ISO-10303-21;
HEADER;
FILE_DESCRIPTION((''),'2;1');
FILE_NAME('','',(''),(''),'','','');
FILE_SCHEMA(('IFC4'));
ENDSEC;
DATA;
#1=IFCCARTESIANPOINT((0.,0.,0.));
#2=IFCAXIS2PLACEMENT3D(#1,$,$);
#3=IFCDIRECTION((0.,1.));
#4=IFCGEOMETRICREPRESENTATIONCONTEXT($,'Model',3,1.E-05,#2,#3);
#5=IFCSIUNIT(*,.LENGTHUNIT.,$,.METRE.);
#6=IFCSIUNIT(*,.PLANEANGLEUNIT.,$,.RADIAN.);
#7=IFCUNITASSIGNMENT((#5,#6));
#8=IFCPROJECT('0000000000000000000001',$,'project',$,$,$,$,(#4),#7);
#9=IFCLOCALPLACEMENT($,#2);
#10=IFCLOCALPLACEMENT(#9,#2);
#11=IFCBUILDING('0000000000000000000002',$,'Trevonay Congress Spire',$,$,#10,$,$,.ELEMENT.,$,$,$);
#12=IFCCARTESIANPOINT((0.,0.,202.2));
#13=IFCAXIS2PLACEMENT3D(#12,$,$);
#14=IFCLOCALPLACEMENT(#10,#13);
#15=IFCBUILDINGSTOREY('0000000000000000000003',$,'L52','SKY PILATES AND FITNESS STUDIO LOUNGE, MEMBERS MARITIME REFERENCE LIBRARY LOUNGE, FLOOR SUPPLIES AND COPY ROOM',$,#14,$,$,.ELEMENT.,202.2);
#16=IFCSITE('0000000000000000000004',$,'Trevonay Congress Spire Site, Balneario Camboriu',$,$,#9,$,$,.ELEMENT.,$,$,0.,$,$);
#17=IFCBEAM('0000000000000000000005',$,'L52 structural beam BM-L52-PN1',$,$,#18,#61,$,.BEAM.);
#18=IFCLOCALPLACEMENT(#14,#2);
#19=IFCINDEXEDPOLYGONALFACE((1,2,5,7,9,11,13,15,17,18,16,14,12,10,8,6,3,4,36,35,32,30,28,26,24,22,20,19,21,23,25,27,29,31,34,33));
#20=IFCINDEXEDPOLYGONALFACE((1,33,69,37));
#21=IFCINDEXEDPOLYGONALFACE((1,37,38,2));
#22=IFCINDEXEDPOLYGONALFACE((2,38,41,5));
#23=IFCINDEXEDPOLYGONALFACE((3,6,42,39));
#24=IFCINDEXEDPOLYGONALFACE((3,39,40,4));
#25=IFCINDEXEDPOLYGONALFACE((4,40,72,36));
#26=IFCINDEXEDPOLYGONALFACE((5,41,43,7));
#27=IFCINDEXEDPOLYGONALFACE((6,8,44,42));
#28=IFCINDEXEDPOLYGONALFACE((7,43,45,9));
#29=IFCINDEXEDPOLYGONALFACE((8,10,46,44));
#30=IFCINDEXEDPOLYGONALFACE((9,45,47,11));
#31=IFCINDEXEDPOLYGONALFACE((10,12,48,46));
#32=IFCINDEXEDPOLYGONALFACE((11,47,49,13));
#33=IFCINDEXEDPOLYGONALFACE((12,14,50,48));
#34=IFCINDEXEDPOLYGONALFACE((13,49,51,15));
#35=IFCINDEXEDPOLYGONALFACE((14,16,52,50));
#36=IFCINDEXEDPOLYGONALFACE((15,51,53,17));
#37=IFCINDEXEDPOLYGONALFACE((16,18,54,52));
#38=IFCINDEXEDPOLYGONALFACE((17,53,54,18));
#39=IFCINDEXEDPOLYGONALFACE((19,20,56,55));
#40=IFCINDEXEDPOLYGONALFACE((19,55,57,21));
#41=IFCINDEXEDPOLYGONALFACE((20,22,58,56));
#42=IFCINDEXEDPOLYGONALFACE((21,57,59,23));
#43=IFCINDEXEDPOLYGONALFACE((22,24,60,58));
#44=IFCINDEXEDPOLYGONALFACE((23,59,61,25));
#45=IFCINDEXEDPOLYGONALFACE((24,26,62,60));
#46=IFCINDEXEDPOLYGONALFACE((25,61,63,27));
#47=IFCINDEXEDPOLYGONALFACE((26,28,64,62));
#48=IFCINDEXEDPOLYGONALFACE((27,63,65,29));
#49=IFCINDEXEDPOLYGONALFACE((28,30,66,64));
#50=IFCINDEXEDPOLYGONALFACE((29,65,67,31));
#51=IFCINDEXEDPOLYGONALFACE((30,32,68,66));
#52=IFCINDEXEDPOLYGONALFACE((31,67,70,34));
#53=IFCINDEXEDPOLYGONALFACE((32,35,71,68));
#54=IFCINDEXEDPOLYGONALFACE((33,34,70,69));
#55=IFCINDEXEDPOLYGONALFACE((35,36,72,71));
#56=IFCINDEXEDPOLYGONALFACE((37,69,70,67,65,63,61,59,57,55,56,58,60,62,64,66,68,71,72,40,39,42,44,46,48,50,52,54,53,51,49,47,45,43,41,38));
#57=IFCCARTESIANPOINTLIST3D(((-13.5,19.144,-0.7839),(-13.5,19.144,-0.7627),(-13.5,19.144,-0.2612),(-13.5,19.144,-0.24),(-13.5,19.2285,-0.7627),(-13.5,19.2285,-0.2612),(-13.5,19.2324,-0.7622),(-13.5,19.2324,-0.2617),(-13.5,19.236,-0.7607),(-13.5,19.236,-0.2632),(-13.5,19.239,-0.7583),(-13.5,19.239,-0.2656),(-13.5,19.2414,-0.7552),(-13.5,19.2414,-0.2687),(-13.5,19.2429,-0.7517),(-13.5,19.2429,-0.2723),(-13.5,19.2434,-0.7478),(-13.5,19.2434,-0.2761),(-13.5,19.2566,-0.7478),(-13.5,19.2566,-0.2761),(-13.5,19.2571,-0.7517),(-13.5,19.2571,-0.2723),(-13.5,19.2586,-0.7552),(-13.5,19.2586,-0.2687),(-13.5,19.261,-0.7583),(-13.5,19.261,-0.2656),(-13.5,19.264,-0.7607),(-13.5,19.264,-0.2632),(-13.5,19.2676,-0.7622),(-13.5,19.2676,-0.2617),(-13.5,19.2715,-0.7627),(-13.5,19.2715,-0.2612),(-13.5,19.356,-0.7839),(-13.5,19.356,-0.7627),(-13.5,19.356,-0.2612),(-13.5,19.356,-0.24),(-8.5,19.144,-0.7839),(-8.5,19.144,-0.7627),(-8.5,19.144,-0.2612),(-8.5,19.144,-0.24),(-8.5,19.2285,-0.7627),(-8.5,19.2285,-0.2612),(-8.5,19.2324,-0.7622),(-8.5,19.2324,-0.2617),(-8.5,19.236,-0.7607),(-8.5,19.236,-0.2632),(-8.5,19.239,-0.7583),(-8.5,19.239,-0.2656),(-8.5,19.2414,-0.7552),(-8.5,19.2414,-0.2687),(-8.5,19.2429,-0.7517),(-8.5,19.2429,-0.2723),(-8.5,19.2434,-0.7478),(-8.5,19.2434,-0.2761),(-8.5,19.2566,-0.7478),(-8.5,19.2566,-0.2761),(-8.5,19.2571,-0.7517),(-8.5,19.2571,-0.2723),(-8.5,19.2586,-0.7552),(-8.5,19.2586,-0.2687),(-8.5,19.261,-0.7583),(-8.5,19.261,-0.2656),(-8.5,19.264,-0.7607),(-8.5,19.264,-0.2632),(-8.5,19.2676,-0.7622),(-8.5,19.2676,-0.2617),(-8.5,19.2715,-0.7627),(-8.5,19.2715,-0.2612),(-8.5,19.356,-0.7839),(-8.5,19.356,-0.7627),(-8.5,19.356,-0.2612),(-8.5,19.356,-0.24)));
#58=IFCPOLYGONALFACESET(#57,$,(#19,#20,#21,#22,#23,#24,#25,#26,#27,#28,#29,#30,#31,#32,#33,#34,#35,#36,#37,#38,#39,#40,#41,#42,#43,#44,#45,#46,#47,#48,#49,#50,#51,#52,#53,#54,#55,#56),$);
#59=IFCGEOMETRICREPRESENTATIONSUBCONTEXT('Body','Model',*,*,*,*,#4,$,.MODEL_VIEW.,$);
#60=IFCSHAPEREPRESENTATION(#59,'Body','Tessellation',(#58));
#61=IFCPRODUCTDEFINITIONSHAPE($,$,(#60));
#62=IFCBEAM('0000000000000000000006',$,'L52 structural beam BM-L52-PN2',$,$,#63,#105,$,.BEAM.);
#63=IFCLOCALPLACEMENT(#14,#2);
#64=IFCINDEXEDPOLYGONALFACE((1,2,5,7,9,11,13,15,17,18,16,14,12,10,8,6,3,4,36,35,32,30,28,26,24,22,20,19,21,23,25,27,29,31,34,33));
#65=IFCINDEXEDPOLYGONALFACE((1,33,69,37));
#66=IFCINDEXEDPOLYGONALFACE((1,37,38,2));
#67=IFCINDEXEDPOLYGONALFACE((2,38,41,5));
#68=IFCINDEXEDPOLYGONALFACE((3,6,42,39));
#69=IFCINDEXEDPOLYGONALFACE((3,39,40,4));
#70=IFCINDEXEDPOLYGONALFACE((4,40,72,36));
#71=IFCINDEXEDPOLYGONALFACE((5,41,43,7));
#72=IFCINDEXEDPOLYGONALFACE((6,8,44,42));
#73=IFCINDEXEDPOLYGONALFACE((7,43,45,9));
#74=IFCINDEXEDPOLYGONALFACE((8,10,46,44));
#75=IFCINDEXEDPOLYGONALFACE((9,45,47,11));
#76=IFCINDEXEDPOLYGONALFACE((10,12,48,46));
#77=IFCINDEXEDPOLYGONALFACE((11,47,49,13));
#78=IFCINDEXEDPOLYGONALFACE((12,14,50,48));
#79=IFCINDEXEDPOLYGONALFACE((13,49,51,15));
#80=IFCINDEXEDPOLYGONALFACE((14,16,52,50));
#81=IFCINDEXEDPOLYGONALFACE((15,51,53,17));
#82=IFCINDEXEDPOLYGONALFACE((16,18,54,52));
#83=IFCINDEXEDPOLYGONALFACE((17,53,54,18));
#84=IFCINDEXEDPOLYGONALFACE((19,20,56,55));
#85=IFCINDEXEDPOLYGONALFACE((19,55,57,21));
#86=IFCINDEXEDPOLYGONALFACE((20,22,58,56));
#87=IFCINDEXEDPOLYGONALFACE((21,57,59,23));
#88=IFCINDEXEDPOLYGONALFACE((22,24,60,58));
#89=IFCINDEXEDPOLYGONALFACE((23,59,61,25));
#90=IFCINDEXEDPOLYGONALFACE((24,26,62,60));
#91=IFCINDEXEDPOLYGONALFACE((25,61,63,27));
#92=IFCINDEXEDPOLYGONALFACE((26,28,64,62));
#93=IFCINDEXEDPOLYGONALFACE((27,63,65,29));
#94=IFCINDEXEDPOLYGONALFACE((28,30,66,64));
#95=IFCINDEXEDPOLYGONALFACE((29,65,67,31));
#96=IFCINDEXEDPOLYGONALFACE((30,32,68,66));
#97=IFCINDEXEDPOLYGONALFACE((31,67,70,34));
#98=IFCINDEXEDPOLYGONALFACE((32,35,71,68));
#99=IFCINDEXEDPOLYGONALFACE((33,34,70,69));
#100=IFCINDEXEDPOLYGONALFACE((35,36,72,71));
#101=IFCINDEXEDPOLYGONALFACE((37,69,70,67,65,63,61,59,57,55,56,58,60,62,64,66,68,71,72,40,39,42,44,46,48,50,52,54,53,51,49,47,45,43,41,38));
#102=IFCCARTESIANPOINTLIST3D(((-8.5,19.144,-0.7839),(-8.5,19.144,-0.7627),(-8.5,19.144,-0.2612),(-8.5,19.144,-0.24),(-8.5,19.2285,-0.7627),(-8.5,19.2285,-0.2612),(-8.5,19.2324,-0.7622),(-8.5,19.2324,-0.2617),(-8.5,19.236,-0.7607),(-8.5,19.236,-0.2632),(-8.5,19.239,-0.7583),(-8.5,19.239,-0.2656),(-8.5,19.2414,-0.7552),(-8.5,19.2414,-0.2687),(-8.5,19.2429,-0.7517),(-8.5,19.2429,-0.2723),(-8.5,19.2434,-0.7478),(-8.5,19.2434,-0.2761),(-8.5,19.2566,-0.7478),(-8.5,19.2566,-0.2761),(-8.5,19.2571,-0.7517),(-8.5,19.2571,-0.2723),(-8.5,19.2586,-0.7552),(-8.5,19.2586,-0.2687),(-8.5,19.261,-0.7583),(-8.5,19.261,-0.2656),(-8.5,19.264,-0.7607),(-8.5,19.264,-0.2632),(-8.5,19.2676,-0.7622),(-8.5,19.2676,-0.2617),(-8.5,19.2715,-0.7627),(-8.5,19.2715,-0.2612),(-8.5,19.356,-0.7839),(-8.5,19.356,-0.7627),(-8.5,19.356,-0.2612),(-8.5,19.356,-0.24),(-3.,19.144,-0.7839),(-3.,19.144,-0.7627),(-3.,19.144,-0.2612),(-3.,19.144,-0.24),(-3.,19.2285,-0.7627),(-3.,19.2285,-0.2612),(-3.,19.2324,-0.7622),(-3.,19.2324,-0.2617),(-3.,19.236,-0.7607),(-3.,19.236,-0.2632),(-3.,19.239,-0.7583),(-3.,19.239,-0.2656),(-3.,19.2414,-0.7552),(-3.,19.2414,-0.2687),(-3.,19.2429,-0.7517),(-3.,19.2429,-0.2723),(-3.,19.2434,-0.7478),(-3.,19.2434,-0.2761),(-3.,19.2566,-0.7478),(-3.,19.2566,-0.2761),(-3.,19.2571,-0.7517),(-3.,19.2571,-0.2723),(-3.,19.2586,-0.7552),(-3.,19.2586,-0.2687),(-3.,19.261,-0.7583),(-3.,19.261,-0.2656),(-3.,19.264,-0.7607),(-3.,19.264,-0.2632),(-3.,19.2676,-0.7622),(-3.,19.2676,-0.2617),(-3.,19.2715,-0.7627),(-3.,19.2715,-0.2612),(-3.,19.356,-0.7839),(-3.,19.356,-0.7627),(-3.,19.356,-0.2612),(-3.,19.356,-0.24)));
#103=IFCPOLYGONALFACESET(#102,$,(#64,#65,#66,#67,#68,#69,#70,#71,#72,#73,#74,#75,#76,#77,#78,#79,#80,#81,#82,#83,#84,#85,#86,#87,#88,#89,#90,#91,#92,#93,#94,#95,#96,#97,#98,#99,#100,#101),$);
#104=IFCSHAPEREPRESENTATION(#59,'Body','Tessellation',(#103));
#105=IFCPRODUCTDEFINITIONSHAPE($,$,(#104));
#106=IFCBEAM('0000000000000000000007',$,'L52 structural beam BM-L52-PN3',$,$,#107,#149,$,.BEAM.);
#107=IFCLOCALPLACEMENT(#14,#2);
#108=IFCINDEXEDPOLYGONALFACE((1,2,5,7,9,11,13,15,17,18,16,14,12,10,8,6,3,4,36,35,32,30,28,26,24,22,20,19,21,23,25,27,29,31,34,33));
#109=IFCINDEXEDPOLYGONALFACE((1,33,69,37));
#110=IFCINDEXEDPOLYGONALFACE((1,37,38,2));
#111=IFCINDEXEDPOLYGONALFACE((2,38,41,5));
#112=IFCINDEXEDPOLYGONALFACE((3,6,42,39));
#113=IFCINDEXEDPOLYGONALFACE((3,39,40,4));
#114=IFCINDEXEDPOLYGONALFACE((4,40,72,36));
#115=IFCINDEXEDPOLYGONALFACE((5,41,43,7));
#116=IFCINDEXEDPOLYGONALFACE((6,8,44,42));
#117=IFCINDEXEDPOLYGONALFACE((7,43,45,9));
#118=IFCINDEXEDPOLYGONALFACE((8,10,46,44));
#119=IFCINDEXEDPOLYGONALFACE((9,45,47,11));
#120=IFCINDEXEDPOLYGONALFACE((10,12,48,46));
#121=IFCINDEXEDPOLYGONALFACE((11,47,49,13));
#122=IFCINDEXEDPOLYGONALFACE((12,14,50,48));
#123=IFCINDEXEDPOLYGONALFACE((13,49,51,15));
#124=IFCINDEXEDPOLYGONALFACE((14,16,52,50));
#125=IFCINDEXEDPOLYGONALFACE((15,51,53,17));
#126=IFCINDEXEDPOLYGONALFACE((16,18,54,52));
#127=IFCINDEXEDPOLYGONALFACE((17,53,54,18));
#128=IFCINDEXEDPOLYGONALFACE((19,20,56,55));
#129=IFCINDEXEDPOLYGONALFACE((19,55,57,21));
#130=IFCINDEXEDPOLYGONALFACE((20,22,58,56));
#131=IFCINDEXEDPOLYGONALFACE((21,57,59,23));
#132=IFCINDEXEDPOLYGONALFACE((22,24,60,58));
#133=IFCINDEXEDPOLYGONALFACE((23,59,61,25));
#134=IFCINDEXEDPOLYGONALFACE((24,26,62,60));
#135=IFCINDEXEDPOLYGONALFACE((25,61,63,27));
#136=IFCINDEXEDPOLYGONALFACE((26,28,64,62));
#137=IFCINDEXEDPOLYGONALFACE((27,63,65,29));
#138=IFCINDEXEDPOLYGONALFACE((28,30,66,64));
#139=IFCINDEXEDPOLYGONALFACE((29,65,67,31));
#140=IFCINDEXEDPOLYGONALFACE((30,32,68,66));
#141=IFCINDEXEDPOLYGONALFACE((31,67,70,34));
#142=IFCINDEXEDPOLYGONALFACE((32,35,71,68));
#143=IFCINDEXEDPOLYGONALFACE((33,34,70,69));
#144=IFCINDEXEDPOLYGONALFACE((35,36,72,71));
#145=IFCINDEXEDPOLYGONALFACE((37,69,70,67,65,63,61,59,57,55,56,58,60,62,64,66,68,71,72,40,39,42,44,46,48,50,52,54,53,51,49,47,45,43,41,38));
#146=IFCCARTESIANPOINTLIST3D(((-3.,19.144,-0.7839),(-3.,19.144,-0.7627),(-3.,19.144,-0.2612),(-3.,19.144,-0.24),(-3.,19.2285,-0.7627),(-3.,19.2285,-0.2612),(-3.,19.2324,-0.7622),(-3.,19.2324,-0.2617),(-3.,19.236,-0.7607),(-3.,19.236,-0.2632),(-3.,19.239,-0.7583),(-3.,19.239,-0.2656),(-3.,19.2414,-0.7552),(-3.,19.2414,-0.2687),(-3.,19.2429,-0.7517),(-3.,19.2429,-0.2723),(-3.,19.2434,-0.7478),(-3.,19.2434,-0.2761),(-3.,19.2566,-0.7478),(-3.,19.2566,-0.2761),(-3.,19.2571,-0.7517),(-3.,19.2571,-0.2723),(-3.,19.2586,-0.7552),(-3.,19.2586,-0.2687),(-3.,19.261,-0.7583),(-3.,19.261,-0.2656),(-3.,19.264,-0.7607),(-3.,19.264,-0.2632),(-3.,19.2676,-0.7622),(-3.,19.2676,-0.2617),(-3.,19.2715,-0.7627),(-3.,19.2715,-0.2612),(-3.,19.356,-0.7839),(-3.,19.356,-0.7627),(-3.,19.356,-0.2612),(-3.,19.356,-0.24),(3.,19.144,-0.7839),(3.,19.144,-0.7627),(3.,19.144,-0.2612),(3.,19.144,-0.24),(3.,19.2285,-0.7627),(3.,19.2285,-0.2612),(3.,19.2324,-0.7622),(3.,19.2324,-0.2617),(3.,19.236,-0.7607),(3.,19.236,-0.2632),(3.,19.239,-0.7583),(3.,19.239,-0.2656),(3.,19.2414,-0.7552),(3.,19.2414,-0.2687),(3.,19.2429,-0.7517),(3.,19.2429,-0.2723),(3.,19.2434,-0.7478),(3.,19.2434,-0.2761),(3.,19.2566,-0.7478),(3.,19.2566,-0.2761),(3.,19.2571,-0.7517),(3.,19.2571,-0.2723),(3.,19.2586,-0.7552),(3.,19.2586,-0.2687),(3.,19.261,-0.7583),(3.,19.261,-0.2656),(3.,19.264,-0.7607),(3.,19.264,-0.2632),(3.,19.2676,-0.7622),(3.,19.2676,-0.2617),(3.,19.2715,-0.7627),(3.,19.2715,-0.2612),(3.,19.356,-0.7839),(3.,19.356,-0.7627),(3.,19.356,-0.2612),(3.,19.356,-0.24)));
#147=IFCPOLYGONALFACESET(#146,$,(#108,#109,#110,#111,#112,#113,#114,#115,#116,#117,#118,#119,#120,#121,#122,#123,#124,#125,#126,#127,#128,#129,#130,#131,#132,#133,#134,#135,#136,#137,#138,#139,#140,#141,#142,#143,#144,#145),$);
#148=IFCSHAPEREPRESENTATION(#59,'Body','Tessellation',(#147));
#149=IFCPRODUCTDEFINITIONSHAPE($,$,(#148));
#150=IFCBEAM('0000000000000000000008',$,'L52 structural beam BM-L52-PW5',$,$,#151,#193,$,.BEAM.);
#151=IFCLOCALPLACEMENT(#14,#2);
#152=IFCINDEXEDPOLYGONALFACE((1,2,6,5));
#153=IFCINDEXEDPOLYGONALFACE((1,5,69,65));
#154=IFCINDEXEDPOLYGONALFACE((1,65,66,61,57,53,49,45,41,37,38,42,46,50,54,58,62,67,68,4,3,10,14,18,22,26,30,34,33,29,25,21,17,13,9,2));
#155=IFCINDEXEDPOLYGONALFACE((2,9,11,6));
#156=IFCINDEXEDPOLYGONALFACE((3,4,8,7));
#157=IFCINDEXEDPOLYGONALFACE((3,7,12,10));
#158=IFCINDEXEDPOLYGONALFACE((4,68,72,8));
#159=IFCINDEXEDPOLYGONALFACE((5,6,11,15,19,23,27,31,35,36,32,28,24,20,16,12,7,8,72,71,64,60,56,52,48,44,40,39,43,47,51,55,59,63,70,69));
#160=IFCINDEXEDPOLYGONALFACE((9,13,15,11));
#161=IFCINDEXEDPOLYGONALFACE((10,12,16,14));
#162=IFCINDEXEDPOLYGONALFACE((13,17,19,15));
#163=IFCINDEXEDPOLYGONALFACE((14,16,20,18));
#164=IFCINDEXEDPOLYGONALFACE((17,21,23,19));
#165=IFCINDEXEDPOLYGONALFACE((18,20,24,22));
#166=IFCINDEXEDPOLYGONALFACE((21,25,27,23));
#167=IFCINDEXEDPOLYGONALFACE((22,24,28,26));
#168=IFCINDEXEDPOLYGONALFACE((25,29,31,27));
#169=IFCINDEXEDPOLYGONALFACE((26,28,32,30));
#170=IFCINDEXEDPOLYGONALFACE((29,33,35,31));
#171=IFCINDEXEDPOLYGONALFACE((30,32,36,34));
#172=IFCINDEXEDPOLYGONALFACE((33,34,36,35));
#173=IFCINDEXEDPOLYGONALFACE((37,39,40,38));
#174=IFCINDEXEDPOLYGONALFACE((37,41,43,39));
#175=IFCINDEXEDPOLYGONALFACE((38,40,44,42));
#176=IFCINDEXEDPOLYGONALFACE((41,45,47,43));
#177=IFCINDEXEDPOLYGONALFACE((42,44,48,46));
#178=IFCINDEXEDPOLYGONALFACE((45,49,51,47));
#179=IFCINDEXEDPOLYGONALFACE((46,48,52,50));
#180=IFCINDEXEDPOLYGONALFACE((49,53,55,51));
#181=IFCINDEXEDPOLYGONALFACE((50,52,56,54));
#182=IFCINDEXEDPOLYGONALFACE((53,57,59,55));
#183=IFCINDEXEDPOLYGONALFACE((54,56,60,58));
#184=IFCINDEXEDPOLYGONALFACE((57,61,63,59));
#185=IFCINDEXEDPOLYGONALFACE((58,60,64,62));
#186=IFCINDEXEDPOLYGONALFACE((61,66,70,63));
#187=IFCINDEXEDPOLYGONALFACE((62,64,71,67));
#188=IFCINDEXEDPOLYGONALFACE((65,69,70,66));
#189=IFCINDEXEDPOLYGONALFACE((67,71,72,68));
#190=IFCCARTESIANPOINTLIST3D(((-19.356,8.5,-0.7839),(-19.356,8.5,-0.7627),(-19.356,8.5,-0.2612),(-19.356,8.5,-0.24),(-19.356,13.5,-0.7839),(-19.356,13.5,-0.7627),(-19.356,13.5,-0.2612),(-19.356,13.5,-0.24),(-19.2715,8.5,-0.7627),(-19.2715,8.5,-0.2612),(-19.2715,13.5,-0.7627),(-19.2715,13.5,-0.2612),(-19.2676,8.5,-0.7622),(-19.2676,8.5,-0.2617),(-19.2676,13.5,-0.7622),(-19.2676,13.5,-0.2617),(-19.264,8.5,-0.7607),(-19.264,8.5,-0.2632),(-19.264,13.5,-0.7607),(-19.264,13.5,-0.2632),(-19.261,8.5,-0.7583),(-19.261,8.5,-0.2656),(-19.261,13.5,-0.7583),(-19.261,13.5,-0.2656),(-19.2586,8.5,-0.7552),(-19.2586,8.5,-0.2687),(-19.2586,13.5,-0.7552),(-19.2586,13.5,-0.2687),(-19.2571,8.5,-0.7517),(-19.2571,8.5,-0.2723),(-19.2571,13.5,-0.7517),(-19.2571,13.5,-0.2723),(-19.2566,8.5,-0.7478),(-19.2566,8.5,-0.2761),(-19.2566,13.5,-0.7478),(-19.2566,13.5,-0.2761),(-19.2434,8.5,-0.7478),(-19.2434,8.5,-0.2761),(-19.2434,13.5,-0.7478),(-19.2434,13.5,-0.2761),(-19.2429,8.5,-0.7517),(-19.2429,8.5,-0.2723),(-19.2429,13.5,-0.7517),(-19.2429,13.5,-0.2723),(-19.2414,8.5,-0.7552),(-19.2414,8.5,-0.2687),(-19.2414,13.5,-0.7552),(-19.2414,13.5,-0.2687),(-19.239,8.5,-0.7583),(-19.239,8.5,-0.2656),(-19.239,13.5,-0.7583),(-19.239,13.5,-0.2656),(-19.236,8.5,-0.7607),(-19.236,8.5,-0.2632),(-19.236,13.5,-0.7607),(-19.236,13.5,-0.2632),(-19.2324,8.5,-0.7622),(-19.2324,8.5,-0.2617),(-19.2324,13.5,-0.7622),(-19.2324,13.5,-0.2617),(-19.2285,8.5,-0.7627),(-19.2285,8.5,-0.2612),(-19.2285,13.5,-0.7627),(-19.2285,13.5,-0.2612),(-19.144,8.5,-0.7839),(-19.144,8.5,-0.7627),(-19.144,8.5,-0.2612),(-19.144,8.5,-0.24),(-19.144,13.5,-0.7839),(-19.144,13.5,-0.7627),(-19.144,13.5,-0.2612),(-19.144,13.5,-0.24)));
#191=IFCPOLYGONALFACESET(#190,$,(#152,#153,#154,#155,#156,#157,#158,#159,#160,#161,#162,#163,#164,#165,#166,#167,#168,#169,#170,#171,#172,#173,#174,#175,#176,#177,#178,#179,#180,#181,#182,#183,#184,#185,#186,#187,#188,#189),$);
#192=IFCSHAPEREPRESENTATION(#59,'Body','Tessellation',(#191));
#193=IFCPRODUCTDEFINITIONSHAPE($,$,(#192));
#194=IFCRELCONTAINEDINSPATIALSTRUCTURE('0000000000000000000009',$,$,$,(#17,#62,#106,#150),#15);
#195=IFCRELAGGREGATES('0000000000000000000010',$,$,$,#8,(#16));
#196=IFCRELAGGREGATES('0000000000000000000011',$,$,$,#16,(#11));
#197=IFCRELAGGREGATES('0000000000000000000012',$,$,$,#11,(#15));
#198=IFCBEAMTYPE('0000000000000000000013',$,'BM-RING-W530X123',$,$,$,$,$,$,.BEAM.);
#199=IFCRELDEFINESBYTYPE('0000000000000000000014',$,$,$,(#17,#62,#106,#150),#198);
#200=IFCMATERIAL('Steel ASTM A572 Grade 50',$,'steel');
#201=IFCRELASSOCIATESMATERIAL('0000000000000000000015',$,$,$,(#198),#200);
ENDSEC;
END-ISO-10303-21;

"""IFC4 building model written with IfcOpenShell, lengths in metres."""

from ifc_helpers import new_model, si_unit, direction, frame, origin, origin_2d, place, context, subcontext, project, spatial, i_section, extrude, material, material_profile, profile_set, type_object, element, save


model = new_model("IFC4")

# Units and contexts
model_context = context("Model", 3, precision=1e-05, world=origin(), true_north=direction((0.0, 1.0)))
body_context = subcontext(model_context, "Body", "Model", "MODEL_VIEW")
ifc_project = project(units=[si_unit("LENGTHUNIT", "METRE"), si_unit("PLANEANGLEUNIT", "RADIAN")], contexts=[model_context])

# Site, building, storey
site_placement = place(None, origin())
site = spatial("IfcSite", under=ifc_project, at=site_placement, Name="Trevonay Congress Spire Site, Balneario Camboriu", CompositionType="ELEMENT", RefElevation=0.0)
building_placement = place(site_placement, origin())
building = spatial("IfcBuilding", under=site, at=building_placement, Name="Trevonay Congress Spire", CompositionType="ELEMENT")
storey_placement = place(building_placement, frame((0.0, 0.0, 202.2)))
storey = spatial("IfcBuildingStorey", under=building, at=storey_placement, Name="L52", Description="SKY PILATES AND FITNESS STUDIO LOUNGE, MEMBERS MARITIME REFERENCE LIBRARY LOUNGE, FLOOR SUPPLIES AND COPY ROOM", CompositionType="ELEMENT", Elevation=202.2)

# Shared definitions
ifc_material_1 = material(Name="Steel ASTM A572 Grade 50", Category="steel")

# Beams
ifc_material_profile_1 = material_profile(ifc_material_1, i_section(OverallWidth=0.2119, OverallDepth=0.5439, WebThickness=0.0132, FlangeThickness=0.0212, FilletRadius=0.0149, at=origin_2d()), Name="W530x123")
ifc_profile_set_1 = profile_set([ifc_material_profile_1], Name="Steel ASTM A572 Grade 50")
beam_type_1 = type_object("IfcBeamType", Name="BM-RING-W530X123", PredefinedType="BEAM", material=ifc_profile_set_1)
beam_1_placement = place(storey_placement, frame((-13.5, 19.25, -0.512), z_axis=(1.0, 0.0, 0.0), x_axis=(0.0, 1.0, 0.0)))
element("IfcBeam", 1, at=beam_1_placement, inside=storey, type_object=beam_type_1, Name="L52 structural beam BM-L52-PN1", PredefinedType="BEAM", context=body_context, shape_type="SweptSolid", body=[
    extrude(i_section(OverallWidth=0.2119, OverallDepth=0.5439, WebThickness=0.0132, FlangeThickness=0.0212, FilletRadius=0.0149, at=origin_2d()), origin(), (0.0, 0.0, 1.0), 5.0),
])
beam_2_placement = place(storey_placement, frame((-8.5, 19.25, -0.512), z_axis=(1.0, 0.0, 0.0), x_axis=(0.0, 1.0, 0.0)))
element("IfcBeam", 2, at=beam_2_placement, inside=storey, type_object=beam_type_1, Name="L52 structural beam BM-L52-PN2", PredefinedType="BEAM", context=body_context, shape_type="SweptSolid", body=[
    extrude(i_section(OverallWidth=0.2119, OverallDepth=0.5439, WebThickness=0.0132, FlangeThickness=0.0212, FilletRadius=0.0149, at=origin_2d()), origin(), (0.0, 0.0, 1.0), 5.5),
])
beam_3_placement = place(storey_placement, frame((-3.0, 19.25, -0.512), z_axis=(1.0, 0.0, 0.0), x_axis=(0.0, 1.0, 0.0)))
element("IfcBeam", 3, at=beam_3_placement, inside=storey, type_object=beam_type_1, Name="L52 structural beam BM-L52-PN3", PredefinedType="BEAM", context=body_context, shape_type="SweptSolid", body=[
    extrude(i_section(OverallWidth=0.2119, OverallDepth=0.5439, WebThickness=0.0132, FlangeThickness=0.0212, FilletRadius=0.0149, at=origin_2d()), origin(), (0.0, 0.0, 1.0), 6.0),
])
beam_4_placement = place(storey_placement, frame((-19.25, 8.5, -0.512), z_axis=(0.0, 1.0, 0.0), x_axis=(-1.0, 0.0, 0.0)))
element("IfcBeam", 4, at=beam_4_placement, inside=storey, type_object=beam_type_1, Name="L52 structural beam BM-L52-PW5", PredefinedType="BEAM", context=body_context, shape_type="SweptSolid", body=[
    extrude(i_section(OverallWidth=0.2119, OverallDepth=0.5439, WebThickness=0.0132, FlangeThickness=0.0212, FilletRadius=0.0149, at=origin_2d()), origin(), (0.0, 0.0, 1.0), 5.0),
])

save(model, "model.ifc")
